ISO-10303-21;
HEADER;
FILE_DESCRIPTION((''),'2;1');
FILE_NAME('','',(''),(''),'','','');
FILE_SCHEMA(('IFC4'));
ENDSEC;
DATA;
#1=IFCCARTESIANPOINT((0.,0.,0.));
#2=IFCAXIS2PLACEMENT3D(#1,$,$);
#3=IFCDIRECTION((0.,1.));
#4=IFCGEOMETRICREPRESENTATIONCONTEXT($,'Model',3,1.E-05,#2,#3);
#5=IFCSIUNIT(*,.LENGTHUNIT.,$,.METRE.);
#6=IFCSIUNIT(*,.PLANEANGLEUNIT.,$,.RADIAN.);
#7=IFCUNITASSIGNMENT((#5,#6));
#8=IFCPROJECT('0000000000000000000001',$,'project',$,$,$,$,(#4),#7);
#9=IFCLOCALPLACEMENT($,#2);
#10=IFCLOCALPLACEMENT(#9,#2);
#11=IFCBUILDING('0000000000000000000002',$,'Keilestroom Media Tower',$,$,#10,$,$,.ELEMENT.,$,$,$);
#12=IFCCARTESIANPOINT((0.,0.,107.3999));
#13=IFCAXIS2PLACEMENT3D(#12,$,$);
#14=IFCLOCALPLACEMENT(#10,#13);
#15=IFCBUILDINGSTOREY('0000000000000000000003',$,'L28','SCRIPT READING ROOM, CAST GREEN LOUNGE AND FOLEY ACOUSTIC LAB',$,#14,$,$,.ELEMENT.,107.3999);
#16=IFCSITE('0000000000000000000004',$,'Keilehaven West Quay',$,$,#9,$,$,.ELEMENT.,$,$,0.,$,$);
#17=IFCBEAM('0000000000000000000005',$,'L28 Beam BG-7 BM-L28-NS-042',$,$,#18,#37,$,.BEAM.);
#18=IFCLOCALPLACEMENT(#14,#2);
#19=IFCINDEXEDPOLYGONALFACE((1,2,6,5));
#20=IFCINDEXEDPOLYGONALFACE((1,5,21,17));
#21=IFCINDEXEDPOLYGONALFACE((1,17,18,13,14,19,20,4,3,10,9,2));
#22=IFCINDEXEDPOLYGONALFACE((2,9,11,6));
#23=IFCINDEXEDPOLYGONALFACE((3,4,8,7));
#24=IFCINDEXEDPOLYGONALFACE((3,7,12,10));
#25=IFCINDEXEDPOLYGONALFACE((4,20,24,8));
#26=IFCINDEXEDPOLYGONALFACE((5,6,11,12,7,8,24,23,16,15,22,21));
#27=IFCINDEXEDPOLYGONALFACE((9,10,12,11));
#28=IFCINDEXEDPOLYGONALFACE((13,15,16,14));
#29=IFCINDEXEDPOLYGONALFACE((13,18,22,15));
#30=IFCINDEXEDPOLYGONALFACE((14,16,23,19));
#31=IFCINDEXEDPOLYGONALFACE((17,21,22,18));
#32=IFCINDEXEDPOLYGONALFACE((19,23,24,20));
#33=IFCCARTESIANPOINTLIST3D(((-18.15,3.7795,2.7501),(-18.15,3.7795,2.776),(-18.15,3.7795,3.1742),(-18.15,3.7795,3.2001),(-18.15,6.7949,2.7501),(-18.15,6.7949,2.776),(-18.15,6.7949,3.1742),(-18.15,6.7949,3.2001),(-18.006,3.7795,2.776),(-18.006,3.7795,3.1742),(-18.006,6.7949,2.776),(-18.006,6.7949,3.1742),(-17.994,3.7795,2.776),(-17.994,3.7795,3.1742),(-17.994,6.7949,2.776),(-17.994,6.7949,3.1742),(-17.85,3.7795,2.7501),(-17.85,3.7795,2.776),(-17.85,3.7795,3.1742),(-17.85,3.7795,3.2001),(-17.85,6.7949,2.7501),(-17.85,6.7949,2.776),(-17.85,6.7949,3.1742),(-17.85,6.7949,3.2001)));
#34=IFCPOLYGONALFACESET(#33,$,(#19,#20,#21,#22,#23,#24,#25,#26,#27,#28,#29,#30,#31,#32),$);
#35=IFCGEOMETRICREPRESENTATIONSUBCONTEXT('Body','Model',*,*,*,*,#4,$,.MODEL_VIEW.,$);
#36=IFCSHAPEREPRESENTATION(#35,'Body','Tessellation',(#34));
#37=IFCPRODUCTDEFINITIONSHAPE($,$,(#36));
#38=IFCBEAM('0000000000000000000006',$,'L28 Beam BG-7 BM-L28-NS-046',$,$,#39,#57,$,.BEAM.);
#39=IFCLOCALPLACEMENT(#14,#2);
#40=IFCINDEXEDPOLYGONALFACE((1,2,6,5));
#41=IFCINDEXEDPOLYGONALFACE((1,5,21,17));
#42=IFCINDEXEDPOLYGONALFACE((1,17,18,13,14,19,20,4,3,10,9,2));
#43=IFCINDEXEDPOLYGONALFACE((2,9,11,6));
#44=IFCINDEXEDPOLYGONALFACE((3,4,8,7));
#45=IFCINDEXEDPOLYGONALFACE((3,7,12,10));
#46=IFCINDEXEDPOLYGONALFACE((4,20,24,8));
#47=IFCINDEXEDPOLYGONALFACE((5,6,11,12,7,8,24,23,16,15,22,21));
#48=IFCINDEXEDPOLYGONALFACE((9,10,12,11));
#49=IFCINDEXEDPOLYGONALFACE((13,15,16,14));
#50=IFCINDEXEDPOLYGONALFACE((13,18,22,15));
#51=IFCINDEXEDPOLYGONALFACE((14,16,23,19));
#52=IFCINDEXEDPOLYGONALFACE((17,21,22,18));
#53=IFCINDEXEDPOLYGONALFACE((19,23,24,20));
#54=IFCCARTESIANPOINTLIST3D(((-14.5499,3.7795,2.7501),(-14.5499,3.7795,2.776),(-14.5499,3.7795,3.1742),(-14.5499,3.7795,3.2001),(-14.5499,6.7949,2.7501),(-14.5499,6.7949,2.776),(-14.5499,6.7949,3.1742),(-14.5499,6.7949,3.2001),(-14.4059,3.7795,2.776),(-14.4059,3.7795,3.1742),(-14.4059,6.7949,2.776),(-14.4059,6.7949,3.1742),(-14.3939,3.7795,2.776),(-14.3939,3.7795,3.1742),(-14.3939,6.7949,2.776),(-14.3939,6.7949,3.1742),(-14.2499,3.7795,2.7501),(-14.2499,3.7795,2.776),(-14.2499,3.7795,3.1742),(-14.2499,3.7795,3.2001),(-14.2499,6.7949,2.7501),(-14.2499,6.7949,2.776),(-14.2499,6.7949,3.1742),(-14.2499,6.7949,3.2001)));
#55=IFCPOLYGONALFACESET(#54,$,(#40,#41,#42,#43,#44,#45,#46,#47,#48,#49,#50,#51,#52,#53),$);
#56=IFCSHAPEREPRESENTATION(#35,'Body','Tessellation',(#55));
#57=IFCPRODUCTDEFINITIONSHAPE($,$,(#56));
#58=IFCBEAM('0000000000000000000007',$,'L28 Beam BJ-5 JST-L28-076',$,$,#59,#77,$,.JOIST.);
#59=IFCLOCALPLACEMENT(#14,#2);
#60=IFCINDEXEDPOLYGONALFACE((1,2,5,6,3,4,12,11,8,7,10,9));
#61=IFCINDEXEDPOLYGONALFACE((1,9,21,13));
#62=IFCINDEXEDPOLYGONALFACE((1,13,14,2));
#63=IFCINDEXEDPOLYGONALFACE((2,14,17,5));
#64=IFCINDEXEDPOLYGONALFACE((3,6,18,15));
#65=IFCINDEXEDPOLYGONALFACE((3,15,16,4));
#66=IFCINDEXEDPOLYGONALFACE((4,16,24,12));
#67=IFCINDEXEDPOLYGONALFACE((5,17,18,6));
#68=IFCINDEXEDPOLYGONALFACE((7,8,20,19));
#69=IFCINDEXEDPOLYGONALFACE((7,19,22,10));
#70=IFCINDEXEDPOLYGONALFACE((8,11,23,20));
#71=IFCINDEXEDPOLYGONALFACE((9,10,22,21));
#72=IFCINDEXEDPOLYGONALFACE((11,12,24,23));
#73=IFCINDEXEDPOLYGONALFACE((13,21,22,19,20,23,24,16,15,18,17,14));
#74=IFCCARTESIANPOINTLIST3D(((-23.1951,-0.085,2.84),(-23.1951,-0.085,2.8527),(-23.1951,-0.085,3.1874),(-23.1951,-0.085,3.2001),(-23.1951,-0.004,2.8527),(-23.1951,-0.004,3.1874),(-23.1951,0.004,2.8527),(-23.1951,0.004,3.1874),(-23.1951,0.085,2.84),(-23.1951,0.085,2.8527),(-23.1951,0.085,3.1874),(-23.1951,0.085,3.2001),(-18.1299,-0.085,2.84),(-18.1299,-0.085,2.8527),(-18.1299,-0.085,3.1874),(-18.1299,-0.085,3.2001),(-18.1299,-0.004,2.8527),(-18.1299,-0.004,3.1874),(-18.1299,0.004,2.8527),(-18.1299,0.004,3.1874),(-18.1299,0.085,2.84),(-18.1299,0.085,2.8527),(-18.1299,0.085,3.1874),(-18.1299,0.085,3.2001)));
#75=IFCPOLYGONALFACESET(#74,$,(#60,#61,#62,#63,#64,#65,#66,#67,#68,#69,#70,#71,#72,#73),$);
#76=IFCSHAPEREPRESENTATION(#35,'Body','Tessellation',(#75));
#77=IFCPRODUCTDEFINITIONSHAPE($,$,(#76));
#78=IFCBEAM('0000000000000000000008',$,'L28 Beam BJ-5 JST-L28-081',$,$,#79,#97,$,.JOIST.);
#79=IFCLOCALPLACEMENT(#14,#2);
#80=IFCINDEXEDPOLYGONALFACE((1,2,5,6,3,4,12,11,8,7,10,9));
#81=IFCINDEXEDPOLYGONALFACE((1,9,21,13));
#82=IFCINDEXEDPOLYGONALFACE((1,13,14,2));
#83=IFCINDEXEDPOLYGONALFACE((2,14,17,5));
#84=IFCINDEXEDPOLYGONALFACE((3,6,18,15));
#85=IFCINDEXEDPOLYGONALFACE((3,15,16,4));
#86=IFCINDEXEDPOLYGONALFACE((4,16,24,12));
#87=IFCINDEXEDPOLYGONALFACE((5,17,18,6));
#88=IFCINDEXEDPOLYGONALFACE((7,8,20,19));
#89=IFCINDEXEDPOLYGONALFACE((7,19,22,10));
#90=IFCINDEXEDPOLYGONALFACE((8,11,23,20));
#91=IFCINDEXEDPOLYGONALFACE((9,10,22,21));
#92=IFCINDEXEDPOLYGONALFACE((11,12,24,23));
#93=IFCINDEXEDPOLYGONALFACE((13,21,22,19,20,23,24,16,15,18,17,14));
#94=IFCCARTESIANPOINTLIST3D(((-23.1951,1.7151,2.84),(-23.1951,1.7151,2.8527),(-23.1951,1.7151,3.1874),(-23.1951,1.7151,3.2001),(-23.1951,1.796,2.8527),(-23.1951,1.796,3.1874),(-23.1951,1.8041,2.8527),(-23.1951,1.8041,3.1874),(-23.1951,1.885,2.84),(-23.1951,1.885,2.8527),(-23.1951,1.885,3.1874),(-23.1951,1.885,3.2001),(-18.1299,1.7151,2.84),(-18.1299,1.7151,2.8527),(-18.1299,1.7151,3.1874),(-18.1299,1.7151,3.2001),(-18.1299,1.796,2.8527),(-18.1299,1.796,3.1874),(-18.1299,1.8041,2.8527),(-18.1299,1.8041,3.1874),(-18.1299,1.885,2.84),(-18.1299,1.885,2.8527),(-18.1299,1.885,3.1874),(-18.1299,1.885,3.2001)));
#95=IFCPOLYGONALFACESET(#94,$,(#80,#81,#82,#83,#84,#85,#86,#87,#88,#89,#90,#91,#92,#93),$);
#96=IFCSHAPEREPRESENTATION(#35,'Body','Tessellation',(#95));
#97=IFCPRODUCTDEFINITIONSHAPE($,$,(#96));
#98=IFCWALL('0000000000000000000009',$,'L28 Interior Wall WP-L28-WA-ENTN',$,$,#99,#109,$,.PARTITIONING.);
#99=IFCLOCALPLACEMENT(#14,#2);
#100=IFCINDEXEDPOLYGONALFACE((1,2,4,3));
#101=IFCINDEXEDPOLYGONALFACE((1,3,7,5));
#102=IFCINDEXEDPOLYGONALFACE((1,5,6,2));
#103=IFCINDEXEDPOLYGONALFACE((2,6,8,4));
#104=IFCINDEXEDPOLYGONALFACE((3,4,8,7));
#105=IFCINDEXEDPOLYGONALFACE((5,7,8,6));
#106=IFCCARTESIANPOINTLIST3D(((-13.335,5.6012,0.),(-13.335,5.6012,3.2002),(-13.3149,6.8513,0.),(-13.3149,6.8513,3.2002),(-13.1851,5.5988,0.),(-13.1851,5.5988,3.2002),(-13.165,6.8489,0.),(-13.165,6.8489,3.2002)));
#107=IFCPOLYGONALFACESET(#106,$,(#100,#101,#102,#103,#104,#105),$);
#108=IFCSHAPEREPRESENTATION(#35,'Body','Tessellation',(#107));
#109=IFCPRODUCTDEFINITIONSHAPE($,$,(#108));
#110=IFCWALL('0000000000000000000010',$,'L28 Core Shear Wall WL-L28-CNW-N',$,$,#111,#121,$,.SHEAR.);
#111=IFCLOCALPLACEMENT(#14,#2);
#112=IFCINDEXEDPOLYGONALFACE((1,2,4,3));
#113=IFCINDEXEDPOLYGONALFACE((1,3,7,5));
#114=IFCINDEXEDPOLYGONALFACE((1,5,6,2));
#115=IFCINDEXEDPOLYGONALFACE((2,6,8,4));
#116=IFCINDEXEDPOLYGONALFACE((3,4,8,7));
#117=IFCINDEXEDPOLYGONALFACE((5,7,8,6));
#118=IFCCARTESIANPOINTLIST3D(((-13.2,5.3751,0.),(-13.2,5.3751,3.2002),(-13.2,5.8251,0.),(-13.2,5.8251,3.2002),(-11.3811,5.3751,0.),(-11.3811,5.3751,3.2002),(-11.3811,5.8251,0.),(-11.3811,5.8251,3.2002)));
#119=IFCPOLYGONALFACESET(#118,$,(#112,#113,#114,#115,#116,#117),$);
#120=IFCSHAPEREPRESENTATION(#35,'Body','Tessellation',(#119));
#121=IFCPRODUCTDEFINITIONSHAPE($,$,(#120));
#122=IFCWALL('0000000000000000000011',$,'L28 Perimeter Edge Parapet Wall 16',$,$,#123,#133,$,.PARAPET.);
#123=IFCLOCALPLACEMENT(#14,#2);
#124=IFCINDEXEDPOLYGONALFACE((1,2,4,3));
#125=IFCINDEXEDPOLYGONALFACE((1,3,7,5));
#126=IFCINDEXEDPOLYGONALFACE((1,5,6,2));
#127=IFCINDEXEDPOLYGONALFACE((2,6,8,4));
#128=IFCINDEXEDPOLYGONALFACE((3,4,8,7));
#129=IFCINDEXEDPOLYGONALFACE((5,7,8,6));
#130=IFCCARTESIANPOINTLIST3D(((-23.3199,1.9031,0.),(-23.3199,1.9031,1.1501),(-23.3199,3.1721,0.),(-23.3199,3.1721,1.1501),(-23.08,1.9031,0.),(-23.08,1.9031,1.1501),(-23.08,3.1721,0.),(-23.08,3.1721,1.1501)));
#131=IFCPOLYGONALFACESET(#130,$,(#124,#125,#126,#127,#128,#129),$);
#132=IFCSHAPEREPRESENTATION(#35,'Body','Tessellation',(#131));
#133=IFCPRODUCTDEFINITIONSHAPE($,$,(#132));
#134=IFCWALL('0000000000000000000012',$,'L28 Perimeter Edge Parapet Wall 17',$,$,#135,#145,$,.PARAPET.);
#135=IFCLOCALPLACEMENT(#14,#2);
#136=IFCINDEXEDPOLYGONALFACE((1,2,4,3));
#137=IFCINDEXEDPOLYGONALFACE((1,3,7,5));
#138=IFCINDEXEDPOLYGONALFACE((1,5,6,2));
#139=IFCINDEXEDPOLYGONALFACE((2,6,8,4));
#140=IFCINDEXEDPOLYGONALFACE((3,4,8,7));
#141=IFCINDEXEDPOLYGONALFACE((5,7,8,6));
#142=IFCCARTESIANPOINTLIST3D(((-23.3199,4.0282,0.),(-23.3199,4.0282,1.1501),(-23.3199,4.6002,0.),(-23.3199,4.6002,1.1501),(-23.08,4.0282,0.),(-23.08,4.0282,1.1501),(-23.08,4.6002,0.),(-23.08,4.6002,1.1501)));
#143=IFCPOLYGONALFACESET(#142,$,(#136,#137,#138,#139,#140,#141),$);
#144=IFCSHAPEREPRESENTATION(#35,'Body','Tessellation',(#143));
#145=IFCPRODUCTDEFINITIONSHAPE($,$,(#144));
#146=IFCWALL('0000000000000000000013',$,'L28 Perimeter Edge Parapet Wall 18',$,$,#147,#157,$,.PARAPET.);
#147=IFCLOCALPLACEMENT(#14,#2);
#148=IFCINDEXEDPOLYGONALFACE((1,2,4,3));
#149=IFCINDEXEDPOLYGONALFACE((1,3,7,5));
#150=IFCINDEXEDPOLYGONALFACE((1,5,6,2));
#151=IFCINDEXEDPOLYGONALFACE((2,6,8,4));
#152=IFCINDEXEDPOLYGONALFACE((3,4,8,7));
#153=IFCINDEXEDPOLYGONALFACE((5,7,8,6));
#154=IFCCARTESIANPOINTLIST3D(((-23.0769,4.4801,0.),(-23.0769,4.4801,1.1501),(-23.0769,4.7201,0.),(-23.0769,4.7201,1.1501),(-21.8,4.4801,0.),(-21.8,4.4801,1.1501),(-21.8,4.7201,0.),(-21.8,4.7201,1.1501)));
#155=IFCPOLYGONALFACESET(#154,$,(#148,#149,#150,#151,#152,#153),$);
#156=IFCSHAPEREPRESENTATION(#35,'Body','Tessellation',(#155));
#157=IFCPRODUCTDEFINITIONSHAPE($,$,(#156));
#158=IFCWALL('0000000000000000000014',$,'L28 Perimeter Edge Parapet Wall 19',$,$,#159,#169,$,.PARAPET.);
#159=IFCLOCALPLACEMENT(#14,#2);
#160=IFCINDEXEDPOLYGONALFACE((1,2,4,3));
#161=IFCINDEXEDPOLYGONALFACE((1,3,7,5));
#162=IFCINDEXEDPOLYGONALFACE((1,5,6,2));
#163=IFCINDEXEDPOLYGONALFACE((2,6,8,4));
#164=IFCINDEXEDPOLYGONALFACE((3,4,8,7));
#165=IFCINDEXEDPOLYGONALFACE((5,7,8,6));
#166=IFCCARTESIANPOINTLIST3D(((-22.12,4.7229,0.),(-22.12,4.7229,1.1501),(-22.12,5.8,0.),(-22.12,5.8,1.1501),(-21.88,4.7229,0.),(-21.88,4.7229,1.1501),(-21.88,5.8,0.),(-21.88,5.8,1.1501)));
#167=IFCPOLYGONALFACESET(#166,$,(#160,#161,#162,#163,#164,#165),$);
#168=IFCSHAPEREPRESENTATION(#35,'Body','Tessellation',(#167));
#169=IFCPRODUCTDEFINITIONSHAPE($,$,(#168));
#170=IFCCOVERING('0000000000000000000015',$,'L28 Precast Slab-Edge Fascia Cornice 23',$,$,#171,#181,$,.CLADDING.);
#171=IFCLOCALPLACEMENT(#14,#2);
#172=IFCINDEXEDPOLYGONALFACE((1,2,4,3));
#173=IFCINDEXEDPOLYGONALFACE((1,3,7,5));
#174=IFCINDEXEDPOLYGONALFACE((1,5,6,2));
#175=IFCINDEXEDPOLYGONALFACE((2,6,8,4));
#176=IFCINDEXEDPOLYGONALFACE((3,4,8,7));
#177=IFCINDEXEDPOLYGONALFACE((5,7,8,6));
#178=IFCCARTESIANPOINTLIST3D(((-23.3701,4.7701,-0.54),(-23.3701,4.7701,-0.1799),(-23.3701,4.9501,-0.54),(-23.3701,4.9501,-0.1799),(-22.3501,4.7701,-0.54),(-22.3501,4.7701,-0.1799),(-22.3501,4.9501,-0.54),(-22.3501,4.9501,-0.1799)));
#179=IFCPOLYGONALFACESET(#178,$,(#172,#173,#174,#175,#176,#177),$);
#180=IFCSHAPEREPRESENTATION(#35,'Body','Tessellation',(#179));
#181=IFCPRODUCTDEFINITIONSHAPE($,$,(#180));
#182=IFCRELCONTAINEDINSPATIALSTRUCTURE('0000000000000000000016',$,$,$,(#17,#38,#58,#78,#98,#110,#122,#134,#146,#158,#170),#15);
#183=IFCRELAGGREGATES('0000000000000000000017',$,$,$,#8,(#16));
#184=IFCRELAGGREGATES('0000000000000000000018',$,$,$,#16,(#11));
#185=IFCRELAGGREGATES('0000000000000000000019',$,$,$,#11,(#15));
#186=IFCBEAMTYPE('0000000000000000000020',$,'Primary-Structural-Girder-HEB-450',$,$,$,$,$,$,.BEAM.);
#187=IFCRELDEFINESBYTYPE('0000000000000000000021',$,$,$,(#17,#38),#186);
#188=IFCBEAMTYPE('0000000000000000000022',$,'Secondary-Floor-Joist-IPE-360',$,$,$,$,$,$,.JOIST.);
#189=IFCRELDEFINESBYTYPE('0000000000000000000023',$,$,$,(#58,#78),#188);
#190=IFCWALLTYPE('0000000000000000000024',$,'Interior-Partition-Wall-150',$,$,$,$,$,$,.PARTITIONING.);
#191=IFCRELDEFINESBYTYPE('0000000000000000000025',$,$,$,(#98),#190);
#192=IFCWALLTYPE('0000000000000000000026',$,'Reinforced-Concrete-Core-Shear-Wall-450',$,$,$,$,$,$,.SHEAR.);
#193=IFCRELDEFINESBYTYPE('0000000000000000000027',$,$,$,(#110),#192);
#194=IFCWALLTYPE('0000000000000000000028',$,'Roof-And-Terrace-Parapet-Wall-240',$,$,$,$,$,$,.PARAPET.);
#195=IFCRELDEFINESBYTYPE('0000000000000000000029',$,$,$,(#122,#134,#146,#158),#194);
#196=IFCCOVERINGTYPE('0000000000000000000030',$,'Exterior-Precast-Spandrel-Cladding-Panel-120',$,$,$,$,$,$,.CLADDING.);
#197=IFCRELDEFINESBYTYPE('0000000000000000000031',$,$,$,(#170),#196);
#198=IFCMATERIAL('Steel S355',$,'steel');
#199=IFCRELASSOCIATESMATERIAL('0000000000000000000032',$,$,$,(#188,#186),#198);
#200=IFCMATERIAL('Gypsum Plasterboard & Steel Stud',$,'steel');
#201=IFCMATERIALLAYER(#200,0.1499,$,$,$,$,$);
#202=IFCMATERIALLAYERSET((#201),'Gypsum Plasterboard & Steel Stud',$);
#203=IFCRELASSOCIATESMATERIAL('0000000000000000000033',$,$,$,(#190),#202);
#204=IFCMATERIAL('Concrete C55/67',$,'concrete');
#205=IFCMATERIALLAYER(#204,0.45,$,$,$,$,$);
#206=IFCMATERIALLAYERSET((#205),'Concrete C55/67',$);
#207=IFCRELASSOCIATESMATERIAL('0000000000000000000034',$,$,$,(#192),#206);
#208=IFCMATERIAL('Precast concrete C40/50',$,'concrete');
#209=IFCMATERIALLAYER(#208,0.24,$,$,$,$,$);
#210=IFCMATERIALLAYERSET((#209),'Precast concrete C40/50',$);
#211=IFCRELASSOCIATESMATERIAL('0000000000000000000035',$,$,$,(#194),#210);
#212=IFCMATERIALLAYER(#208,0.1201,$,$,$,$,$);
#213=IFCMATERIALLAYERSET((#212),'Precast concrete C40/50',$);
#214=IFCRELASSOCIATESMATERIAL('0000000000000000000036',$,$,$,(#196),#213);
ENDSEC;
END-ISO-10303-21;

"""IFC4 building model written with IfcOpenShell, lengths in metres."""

from ifc_helpers import new_model, si_unit, direction, frame, frame_2d, origin, origin_2d, place, context, subcontext, project, spatial, rectangle, i_section, extrude, source, transform, mapped, material, layer, layer_set, material_profile, profile_set, type_object, element, save


model = new_model("IFC4")

# Units and contexts
model_context = context("Model", 3, precision=1e-05, world=origin(), true_north=direction((0.0, 1.0)))
body_context = subcontext(model_context, "Body", "Model", "MODEL_VIEW")
ifc_project = project(units=[si_unit("LENGTHUNIT", "METRE"), si_unit("PLANEANGLEUNIT", "RADIAN")], contexts=[model_context])

# Site, building, storey
site_placement = place(None, origin())
site = spatial("IfcSite", under=ifc_project, at=site_placement, Name="Keilehaven West Quay", CompositionType="ELEMENT", RefElevation=0.0)
building_placement = place(site_placement, origin())
building = spatial("IfcBuilding", under=site, at=building_placement, Name="Keilestroom Media Tower", CompositionType="ELEMENT")
storey_placement = place(building_placement, frame((0.0, 0.0, 107.3999)))
storey = spatial("IfcBuildingStorey", under=building, at=storey_placement, Name="L28", Description="SCRIPT READING ROOM, CAST GREEN LOUNGE AND FOLEY ACOUSTIC LAB", CompositionType="ELEMENT", Elevation=107.3999)

# Shared definitions
ifc_material_1 = material(Name="Precast concrete C40/50", Category="concrete")
ifc_material_2 = material(Name="Steel S355", Category="steel")

# Beams
ifc_material_profile_1 = material_profile(ifc_material_2, i_section(OverallWidth=0.1699, OverallDepth=0.3601, WebThickness=0.0081, FlangeThickness=0.0127, at=origin_2d()), Name="IPE 360")
ifc_profile_set_1 = profile_set([ifc_material_profile_1], Name="Steel S355")
beam_type_1 = type_object("IfcBeamType", Name="Secondary-Floor-Joist-IPE-360", PredefinedType="JOIST", material=ifc_profile_set_1)
ifc_material_profile_2 = material_profile(ifc_material_2, i_section(OverallWidth=0.3, OverallDepth=0.45, WebThickness=0.012, FlangeThickness=0.0259, at=origin_2d()), Name="HEB 450")
ifc_profile_set_2 = profile_set([ifc_material_profile_2], Name="Steel S355")
beam_type_2 = type_object("IfcBeamType", Name="Primary-Structural-Girder-HEB-450", PredefinedType="BEAM", material=ifc_profile_set_2)
shared_shape_1 = source(origin(), body_context, "Body", "SweptSolid", [
    extrude(i_section(OverallWidth=0.3, OverallDepth=0.45, WebThickness=0.012, FlangeThickness=0.0259, at=origin_2d()), origin(), (0.0, 0.0, 1.0), 3.0154),
])
for number, where, z_axis, x_axis, name in (
    (1, (-18.0, 3.7795, 2.9751), (0.0, 1.0, 0.0), (-1.0, 0.0, 0.0), "L28 Beam BG-7 BM-L28-NS-042"),
    (2, (-14.3999, 3.7795, 2.9751), (0.0, 1.0, 0.0), (-1.0, 0.0, 0.0), "L28 Beam BG-7 BM-L28-NS-046"),
):
    element("IfcBeam", number, at=place(storey_placement, frame(where, z_axis=z_axis, x_axis=x_axis)), inside=storey, type_object=beam_type_2, Name=name, PredefinedType="BEAM", context=body_context, shape_type="MappedRepresentation", body=[
        mapped(shared_shape_1, transform((0.0, 0.0, 0.0), x_axis=(1.0, 0.0, 0.0), y_axis=(0.0, 1.0, 0.0), z_axis=(0.0, 0.0, 1.0), scale=1.0)),
    ])
shared_shape_2 = source(origin(), body_context, "Body", "SweptSolid", [
    extrude(i_section(OverallWidth=0.1699, OverallDepth=0.3601, WebThickness=0.0081, FlangeThickness=0.0127, at=origin_2d()), origin(), (0.0, 0.0, 1.0), 5.0652),
])
for number, where, z_axis, x_axis, name in (
    (3, (-23.1951, 0.0, 3.02), (1.0, 0.0, 0.0), (0.0, 1.0, 0.0), "L28 Beam BJ-5 JST-L28-076"),
    (4, (-23.1951, 1.8, 3.02), (1.0, 0.0, 0.0), (0.0, 1.0, 0.0), "L28 Beam BJ-5 JST-L28-081"),
):
    element("IfcBeam", number, at=place(storey_placement, frame(where, z_axis=z_axis, x_axis=x_axis)), inside=storey, type_object=beam_type_1, Name=name, PredefinedType="JOIST", context=body_context, shape_type="MappedRepresentation", body=[
        mapped(shared_shape_2, transform((0.0, 0.0, 0.0), x_axis=(1.0, 0.0, 0.0), y_axis=(0.0, 1.0, 0.0), z_axis=(0.0, 0.0, 1.0), scale=1.0)),
    ])

# Walls
ifc_material_3 = material(Name="Gypsum Plasterboard & Steel Stud", Category="steel")
ifc_layer_1 = layer(ifc_material_3, 0.1499)
ifc_layer_set_1 = layer_set([ifc_layer_1], Name="Gypsum Plasterboard & Steel Stud")
wall_type_1 = type_object("IfcWallType", Name="Interior-Partition-Wall-150", PredefinedType="PARTITIONING", material=ifc_layer_set_1)
wall_1_placement = place(storey_placement, frame((-13.26, 5.6001, 0.0), z_axis=(0.0, 0.0, 1.0), x_axis=(0.016014, 0.999872, 0.0)))
element("IfcWall", 5, at=wall_1_placement, inside=storey, type_object=wall_type_1, Name="L28 Interior Wall WP-L28-WA-ENTN", PredefinedType="PARTITIONING", context=body_context, shape_type="SweptSolid", body=[
    extrude(rectangle(XDim=1.2502, YDim=0.1499, at=frame_2d((0.625, 0.0))), origin(), (0.0, 0.0, 1.0), 3.2002),
])
ifc_material_4 = material(Name="Concrete C55/67", Category="concrete")
ifc_layer_2 = layer(ifc_material_4, 0.45)
ifc_layer_set_2 = layer_set([ifc_layer_2], Name="Concrete C55/67")
wall_type_2 = type_object("IfcWallType", Name="Reinforced-Concrete-Core-Shear-Wall-450", PredefinedType="SHEAR", material=ifc_layer_set_2)
wall_2_placement = place(storey_placement, frame((-13.2, 5.6001, 0.0), z_axis=(0.0, 0.0, 1.0), x_axis=(1.0, 0.0, 0.0)))
element("IfcWall", 6, at=wall_2_placement, inside=storey, type_object=wall_type_2, Name="L28 Core Shear Wall WL-L28-CNW-N", PredefinedType="SHEAR", context=body_context, shape_type="SweptSolid", body=[
    extrude(rectangle(XDim=1.8188, YDim=0.45, at=frame_2d((0.9094, 0.0))), origin(), (0.0, 0.0, 1.0), 3.2002),
])
ifc_layer_3 = layer(ifc_material_1, 0.24)
ifc_layer_set_3 = layer_set([ifc_layer_3], Name="Precast concrete C40/50")
wall_type_3 = type_object("IfcWallType", Name="Roof-And-Terrace-Parapet-Wall-240", PredefinedType="PARAPET", material=ifc_layer_set_3)
wall_3_placement = place(storey_placement, frame((-23.2, 1.9031, 0.0), z_axis=(0.0, 0.0, 1.0), x_axis=(0.0, 1.0, 0.0)))
element("IfcWall", 7, at=wall_3_placement, inside=storey, type_object=wall_type_3, Name="L28 Perimeter Edge Parapet Wall 16", PredefinedType="PARAPET", context=body_context, shape_type="SweptSolid", body=[
    extrude(rectangle(XDim=1.269, YDim=0.24, at=frame_2d((0.6345, 0.0))), origin(), (0.0, 0.0, 1.0), 1.1501),
])
wall_4_placement = place(storey_placement, frame((-23.2, 4.0281, 0.0), z_axis=(0.0, 0.0, 1.0), x_axis=(0.0, 1.0, 0.0)))
element("IfcWall", 8, at=wall_4_placement, inside=storey, type_object=wall_type_3, Name="L28 Perimeter Edge Parapet Wall 17", PredefinedType="PARAPET", context=body_context, shape_type="SweptSolid", body=[
    extrude(rectangle(XDim=0.572, YDim=0.24, at=frame_2d((0.2861, 0.0))), origin(), (0.0, 0.0, 1.0), 1.1501),
])
wall_5_placement = place(storey_placement, frame((-23.0769, 4.6001, 0.0), z_axis=(0.0, 0.0, 1.0), x_axis=(1.0, 0.0, 0.0)))
element("IfcWall", 9, at=wall_5_placement, inside=storey, type_object=wall_type_3, Name="L28 Perimeter Edge Parapet Wall 18", PredefinedType="PARAPET", context=body_context, shape_type="SweptSolid", body=[
    extrude(rectangle(XDim=1.2769, YDim=0.24, at=frame_2d((0.6384, 0.0))), origin(), (0.0, 0.0, 1.0), 1.1501),
])
wall_6_placement = place(storey_placement, frame((-22.0, 4.7229, 0.0), z_axis=(0.0, 0.0, 1.0), x_axis=(0.0, 1.0, 0.0)))
element("IfcWall", 10, at=wall_6_placement, inside=storey, type_object=wall_type_3, Name="L28 Perimeter Edge Parapet Wall 19", PredefinedType="PARAPET", context=body_context, shape_type="SweptSolid", body=[
    extrude(rectangle(XDim=1.0771, YDim=0.24, at=frame_2d((0.5386, 0.0))), origin(), (0.0, 0.0, 1.0), 1.1501),
])

# Covering
ifc_layer_4 = layer(ifc_material_1, 0.1201)
ifc_layer_set_4 = layer_set([ifc_layer_4], Name="Precast concrete C40/50")
covering_type = type_object("IfcCoveringType", Name="Exterior-Precast-Spandrel-Cladding-Panel-120", PredefinedType="CLADDING", material=ifc_layer_set_4)
shared_shape_3 = source(origin(), body_context, "Body", "SweptSolid", [
    extrude(rectangle(XDim=1.02, YDim=0.1799, at=origin_2d()), origin(), (0.0, 0.0, 1.0), 0.3601),
])
for number, where, z_axis, x_axis, name in (
    (11, (-22.8601, 4.8601, -0.54), (0.0, 0.0, 1.0), (1.0, 0.0, 0.0), "L28 Precast Slab-Edge Fascia Cornice 23"),
):
    element("IfcCovering", number, at=place(storey_placement, frame(where, z_axis=z_axis, x_axis=x_axis)), inside=storey, type_object=covering_type, Name=name, PredefinedType="CLADDING", context=body_context, shape_type="MappedRepresentation", body=[
        mapped(shared_shape_3, transform((0.0, 0.0, 0.0), x_axis=(1.0, 0.0, 0.0), y_axis=(0.0, 1.0, 0.0), z_axis=(0.0, 0.0, 1.0), scale=1.0)),
    ])

save(model, "model.ifc")
